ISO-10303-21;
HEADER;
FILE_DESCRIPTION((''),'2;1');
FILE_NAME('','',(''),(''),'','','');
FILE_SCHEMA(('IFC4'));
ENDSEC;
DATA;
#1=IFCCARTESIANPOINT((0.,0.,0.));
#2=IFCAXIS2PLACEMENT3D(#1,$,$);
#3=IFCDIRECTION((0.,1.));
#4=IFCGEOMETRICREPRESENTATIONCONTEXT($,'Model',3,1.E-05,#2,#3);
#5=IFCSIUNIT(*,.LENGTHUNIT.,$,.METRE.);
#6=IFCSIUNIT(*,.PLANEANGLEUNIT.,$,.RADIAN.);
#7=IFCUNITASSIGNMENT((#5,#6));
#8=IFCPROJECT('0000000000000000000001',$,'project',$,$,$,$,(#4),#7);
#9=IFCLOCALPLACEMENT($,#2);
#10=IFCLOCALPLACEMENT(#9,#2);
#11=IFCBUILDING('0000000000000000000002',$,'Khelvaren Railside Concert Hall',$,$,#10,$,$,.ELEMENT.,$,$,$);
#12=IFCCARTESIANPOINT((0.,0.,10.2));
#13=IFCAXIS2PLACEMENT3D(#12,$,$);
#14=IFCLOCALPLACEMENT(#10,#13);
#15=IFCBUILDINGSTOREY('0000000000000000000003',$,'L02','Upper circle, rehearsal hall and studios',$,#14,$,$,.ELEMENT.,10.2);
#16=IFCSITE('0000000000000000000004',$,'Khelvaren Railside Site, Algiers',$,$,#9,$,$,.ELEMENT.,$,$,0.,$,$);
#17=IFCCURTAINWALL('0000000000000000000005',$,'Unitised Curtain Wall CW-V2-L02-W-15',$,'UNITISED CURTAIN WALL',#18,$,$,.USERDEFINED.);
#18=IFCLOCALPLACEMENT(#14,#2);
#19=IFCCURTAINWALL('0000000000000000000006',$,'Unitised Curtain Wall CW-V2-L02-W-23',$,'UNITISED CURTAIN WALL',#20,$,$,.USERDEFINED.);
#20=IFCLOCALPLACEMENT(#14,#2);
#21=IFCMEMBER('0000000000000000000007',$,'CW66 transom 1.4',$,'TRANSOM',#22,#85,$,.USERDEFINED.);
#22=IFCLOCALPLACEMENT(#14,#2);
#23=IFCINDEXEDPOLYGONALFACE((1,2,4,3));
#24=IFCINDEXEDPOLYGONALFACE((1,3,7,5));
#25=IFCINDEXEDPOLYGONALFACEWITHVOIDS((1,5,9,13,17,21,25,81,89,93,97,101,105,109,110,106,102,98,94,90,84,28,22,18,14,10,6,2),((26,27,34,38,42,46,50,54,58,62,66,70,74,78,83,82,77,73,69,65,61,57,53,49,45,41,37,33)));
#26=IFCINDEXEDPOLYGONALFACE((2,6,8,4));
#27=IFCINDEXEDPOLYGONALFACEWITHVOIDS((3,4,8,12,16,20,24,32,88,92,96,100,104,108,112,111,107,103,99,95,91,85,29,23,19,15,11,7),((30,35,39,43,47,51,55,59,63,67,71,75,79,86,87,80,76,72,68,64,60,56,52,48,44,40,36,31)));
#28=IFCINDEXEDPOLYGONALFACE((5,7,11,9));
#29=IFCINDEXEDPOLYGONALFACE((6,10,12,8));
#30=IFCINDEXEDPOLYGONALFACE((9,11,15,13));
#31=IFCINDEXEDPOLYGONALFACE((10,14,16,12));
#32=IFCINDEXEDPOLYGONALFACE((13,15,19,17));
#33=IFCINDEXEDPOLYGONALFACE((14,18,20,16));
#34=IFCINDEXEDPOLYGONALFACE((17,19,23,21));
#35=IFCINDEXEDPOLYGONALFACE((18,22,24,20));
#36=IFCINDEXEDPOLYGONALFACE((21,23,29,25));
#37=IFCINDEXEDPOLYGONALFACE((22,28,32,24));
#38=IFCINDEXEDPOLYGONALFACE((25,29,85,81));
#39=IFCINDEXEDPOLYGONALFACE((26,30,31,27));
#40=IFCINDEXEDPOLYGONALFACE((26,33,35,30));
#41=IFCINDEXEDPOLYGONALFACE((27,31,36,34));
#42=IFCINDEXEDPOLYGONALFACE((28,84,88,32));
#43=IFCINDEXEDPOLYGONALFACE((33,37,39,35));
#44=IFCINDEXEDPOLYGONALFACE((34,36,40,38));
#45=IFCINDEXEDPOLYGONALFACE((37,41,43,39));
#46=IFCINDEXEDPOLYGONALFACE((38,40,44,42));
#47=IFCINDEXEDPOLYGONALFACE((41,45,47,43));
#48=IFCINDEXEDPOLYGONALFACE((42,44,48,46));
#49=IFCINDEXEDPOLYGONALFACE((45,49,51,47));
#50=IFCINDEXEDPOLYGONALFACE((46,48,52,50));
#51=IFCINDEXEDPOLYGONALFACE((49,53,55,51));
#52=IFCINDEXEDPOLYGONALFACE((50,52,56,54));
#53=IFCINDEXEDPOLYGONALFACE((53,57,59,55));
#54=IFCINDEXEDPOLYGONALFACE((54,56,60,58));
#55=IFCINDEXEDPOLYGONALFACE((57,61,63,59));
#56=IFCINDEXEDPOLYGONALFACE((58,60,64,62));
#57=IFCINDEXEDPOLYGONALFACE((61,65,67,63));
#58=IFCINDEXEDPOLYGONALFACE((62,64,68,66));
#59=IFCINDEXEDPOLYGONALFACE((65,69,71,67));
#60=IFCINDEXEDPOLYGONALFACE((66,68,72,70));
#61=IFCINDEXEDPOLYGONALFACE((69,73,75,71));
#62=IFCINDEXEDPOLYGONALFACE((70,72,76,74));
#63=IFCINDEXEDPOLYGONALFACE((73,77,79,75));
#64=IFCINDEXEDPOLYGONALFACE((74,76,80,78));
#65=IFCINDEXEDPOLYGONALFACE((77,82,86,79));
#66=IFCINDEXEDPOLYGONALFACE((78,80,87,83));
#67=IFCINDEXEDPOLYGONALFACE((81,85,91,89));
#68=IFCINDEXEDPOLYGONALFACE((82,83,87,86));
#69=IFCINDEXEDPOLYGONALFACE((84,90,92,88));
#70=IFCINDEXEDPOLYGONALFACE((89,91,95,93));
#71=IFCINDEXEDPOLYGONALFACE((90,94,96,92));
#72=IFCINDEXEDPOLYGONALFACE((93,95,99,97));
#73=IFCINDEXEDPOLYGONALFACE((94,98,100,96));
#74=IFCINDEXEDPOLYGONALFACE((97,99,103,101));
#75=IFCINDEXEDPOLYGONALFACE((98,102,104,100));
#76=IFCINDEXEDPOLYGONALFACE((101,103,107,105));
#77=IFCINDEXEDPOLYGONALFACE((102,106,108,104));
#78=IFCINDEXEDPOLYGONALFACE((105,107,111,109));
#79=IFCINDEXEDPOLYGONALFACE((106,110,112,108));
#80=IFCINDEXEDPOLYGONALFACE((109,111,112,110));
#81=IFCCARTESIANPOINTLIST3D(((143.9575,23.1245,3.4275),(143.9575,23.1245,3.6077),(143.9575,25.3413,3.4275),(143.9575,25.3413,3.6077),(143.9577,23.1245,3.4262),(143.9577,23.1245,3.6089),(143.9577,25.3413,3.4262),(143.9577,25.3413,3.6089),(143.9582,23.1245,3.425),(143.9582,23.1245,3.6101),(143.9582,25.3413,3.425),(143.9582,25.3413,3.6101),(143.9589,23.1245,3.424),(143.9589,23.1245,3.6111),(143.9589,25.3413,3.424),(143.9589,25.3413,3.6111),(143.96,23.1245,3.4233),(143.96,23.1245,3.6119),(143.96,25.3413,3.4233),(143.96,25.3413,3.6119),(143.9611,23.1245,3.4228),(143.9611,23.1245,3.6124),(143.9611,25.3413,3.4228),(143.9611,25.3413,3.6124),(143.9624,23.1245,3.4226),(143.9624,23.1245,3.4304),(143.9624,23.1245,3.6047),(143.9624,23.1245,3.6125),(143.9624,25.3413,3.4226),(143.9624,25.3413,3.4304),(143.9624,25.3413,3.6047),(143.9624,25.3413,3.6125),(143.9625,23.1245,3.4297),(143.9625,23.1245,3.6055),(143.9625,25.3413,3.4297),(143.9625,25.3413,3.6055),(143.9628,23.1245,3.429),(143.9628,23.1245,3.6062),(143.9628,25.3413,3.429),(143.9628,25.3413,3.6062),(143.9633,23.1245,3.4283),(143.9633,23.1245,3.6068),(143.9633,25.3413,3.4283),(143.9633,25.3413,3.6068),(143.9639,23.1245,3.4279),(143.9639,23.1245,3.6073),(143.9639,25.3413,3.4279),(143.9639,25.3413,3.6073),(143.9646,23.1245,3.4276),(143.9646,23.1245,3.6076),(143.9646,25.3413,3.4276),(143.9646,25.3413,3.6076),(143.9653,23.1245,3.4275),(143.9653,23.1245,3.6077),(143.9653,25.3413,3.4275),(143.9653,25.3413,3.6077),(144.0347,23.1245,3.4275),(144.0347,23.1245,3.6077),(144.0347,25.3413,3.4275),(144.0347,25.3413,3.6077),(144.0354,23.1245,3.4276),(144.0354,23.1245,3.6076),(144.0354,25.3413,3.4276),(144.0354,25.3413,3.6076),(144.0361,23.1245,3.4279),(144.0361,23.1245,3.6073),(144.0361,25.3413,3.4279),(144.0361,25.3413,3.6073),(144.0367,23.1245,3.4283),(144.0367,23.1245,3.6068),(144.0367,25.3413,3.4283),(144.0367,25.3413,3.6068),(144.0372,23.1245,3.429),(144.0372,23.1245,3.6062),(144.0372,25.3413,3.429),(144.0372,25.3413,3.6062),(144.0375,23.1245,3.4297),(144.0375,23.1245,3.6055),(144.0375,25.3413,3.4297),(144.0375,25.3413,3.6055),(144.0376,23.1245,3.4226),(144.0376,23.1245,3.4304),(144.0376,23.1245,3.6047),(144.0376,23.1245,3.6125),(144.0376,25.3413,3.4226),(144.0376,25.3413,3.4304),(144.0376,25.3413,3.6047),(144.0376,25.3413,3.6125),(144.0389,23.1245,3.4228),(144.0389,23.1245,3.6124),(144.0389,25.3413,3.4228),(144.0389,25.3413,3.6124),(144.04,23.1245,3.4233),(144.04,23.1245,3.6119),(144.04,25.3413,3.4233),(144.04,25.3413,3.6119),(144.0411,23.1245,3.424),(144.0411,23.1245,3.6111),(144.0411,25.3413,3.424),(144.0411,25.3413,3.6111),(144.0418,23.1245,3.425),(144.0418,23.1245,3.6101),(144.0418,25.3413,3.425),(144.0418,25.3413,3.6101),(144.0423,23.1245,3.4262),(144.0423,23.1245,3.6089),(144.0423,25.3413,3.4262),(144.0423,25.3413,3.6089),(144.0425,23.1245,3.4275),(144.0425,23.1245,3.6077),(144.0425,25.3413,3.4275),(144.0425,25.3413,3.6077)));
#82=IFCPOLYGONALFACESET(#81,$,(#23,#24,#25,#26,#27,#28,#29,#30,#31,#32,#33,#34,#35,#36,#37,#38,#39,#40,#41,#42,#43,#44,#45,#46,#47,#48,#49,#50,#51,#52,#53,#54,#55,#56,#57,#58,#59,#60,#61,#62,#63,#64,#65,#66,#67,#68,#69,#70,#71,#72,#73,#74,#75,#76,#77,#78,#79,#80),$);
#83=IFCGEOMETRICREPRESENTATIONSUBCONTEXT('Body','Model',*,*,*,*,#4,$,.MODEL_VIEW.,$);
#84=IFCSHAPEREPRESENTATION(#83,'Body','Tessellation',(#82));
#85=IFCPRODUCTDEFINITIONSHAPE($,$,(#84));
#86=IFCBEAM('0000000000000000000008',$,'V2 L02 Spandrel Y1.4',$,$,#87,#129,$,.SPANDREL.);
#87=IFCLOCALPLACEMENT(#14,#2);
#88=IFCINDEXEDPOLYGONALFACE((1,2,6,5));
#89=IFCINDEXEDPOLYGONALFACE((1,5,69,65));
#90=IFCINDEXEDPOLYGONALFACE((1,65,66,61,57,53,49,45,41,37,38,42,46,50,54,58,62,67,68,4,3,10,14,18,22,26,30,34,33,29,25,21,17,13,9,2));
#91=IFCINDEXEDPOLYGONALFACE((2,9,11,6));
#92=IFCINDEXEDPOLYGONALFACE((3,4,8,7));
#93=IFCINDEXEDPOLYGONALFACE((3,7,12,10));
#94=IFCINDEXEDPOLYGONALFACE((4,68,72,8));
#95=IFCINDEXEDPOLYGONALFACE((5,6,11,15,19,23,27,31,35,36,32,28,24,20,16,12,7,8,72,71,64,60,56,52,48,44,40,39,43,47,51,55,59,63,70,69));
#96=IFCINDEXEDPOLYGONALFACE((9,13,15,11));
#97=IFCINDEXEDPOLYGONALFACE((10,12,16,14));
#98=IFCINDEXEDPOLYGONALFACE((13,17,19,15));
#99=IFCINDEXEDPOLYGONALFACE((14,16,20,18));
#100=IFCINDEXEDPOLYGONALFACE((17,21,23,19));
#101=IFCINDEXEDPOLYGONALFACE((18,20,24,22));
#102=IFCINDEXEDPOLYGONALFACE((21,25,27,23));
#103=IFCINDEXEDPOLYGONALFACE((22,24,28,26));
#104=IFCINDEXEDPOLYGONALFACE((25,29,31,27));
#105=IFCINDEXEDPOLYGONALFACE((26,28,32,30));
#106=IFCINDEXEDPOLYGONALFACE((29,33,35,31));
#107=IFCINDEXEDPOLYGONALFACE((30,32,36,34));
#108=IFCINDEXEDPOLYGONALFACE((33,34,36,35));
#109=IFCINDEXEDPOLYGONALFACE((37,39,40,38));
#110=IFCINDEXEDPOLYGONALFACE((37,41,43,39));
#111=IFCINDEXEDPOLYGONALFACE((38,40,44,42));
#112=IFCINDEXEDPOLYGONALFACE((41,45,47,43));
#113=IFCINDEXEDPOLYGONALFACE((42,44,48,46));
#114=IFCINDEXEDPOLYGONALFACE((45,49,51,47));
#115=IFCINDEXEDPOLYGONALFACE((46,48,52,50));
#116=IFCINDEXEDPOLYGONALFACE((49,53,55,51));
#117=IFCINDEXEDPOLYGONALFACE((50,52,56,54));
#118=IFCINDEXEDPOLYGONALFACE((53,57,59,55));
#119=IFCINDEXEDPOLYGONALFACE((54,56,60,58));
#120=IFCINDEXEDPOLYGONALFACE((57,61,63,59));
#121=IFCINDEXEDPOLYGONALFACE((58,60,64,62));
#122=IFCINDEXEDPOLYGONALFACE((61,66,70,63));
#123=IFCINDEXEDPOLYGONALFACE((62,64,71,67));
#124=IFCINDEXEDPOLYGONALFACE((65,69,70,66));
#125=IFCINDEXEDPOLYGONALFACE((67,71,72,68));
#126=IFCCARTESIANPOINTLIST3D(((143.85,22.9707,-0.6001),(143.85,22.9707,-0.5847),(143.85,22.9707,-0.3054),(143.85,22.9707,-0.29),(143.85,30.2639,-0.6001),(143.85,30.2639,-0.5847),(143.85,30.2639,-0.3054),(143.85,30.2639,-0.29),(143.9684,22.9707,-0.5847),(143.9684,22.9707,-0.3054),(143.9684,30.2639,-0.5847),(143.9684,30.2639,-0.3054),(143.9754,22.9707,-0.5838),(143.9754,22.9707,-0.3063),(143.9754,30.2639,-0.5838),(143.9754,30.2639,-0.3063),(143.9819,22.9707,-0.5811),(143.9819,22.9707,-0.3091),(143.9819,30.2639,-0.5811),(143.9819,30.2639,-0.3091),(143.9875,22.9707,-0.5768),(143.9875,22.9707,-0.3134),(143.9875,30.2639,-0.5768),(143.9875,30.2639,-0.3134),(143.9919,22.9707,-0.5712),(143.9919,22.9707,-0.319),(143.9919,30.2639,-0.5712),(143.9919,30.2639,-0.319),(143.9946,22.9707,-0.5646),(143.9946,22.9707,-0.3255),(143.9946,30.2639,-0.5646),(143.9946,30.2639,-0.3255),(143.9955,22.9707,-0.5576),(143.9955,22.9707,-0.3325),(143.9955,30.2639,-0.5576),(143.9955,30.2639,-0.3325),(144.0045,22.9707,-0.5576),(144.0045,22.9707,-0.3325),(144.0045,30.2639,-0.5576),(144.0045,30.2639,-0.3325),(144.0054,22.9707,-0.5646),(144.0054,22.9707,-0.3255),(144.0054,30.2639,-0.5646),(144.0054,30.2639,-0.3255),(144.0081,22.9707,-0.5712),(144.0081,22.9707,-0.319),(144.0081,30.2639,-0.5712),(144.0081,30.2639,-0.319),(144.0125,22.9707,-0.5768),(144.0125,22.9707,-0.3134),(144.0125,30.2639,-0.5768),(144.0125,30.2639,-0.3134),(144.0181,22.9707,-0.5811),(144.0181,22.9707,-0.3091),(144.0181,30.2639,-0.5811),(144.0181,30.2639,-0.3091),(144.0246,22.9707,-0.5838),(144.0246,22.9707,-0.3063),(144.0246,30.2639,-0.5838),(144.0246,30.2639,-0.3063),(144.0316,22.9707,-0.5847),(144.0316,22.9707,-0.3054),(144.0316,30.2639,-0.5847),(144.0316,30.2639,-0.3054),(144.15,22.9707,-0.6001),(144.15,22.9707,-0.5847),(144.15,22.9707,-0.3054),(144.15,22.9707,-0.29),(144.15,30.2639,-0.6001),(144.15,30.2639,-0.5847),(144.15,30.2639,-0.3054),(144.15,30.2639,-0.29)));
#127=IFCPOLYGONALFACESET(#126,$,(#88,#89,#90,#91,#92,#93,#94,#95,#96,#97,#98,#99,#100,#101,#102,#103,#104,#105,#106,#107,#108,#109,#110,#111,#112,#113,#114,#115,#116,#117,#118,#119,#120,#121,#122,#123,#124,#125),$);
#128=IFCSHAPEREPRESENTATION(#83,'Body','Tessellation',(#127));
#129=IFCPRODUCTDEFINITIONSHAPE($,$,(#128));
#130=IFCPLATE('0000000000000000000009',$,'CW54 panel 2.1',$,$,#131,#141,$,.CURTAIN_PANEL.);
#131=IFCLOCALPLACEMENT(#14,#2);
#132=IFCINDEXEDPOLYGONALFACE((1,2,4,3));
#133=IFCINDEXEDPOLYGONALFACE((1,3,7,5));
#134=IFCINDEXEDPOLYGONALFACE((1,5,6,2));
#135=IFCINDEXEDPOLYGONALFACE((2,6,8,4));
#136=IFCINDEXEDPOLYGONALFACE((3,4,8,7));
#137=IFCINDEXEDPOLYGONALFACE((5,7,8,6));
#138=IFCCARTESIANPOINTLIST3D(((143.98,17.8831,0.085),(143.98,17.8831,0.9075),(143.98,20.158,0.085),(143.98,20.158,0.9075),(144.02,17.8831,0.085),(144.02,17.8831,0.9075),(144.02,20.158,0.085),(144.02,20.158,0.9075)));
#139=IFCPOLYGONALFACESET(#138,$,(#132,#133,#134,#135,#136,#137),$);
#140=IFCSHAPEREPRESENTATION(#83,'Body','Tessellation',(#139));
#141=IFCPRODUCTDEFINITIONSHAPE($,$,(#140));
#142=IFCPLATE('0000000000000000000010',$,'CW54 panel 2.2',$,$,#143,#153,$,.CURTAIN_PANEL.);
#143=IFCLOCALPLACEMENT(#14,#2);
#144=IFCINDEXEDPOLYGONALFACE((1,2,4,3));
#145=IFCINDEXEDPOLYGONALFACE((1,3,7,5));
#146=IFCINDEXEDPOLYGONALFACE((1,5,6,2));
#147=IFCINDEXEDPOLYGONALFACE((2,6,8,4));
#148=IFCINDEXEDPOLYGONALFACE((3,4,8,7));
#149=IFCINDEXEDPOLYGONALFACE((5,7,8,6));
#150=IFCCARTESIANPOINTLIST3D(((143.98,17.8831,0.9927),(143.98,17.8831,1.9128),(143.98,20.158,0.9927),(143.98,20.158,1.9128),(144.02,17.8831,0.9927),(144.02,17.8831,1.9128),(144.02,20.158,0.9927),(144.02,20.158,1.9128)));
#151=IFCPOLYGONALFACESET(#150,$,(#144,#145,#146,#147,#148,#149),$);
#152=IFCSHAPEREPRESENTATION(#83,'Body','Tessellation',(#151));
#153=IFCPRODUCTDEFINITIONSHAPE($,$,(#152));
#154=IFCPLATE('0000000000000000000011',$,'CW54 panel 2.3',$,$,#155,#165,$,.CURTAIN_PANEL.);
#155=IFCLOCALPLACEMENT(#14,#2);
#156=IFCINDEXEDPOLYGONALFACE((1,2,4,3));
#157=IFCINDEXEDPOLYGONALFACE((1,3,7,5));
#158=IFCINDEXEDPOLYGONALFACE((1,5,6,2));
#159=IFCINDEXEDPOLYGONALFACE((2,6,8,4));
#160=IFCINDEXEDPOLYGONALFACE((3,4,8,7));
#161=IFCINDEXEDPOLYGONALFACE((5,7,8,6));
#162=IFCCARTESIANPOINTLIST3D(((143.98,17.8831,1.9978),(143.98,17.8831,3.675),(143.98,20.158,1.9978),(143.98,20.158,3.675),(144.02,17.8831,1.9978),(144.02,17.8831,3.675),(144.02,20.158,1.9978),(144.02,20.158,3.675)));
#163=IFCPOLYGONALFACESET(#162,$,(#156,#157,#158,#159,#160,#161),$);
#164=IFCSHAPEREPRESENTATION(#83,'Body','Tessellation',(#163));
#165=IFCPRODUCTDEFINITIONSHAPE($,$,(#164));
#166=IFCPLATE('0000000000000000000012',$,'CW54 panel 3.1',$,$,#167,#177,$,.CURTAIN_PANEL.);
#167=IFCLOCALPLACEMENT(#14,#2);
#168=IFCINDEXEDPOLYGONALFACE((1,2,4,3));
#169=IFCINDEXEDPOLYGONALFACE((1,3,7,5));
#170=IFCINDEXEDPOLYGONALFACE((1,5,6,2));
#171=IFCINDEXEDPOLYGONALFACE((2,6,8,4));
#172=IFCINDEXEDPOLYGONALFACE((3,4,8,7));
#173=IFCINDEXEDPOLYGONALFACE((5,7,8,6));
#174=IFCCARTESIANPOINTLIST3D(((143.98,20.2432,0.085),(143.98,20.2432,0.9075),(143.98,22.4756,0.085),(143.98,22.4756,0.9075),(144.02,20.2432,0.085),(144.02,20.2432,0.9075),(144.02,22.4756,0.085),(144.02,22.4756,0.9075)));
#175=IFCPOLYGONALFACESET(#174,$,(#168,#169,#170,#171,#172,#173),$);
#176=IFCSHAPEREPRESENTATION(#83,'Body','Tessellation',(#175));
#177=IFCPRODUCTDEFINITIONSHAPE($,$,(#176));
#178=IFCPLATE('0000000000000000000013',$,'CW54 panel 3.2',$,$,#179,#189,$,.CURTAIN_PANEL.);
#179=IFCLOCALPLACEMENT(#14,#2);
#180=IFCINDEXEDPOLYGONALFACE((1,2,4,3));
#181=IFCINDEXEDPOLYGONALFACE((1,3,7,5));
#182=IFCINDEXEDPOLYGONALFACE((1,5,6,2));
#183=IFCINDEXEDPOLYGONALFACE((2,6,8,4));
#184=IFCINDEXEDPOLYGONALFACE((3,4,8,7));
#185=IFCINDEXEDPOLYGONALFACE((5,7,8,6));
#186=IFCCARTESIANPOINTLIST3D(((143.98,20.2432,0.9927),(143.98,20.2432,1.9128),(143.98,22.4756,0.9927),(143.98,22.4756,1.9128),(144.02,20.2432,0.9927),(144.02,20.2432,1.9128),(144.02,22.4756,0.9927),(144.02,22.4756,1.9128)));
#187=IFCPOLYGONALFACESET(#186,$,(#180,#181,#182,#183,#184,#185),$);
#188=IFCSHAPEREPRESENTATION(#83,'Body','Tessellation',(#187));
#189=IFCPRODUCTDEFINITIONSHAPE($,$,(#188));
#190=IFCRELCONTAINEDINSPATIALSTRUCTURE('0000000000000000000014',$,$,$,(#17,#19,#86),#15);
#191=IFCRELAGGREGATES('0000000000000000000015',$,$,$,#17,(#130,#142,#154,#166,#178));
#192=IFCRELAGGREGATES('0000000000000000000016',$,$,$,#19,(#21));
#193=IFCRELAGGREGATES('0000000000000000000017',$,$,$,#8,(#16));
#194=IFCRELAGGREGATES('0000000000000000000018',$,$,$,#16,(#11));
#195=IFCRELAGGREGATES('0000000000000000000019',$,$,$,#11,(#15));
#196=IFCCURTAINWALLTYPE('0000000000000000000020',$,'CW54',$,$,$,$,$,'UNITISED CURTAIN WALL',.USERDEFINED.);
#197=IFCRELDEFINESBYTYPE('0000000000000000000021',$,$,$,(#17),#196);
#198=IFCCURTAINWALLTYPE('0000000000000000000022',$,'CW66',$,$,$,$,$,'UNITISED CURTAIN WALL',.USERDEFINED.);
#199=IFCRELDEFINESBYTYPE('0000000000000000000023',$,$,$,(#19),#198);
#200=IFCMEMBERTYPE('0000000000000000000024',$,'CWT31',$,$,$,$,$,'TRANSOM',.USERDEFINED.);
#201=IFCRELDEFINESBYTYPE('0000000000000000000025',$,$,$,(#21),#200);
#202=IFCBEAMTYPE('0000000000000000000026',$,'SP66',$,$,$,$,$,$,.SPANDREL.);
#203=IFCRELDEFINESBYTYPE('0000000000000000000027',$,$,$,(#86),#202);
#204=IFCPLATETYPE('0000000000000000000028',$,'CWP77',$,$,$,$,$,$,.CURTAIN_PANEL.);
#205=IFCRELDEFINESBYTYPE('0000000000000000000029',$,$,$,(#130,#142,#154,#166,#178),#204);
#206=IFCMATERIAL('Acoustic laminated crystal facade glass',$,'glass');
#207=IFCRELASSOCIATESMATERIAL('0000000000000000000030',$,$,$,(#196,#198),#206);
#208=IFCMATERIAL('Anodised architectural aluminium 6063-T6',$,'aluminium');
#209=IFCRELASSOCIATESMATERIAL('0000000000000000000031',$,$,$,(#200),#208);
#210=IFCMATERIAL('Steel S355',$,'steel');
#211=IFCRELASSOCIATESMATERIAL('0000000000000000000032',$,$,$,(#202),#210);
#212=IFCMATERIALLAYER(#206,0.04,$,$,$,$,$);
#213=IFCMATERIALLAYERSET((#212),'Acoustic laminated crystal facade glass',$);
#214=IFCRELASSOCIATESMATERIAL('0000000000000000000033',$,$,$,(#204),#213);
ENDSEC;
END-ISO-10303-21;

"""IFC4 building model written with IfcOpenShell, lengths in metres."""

from ifc_helpers import new_model, si_unit, direction, frame, origin, origin_2d, place, context, subcontext, project, spatial, rectangle, hollow_rectangle, i_section, extrude, material, layer, layer_set, material_profile, profile_set, type_object, element, aggregate, save


model = new_model("IFC4")

# Units and contexts
model_context = context("Model", 3, precision=1e-05, world=origin(), true_north=direction((0.0, 1.0)))
body_context = subcontext(model_context, "Body", "Model", "MODEL_VIEW")
ifc_project = project(units=[si_unit("LENGTHUNIT", "METRE"), si_unit("PLANEANGLEUNIT", "RADIAN")], contexts=[model_context])

# Site, building, storey
site_placement = place(None, origin())
site = spatial("IfcSite", under=ifc_project, at=site_placement, Name="Khelvaren Railside Site, Algiers", CompositionType="ELEMENT", RefElevation=0.0)
building_placement = place(site_placement, origin())
building = spatial("IfcBuilding", under=site, at=building_placement, Name="Khelvaren Railside Concert Hall", CompositionType="ELEMENT")
storey_placement = place(building_placement, frame((0.0, 0.0, 10.2)))
storey = spatial("IfcBuildingStorey", under=building, at=storey_placement, Name="L02", Description="Upper circle, rehearsal hall and studios", CompositionType="ELEMENT", Elevation=10.2)

# Shared definitions
ifc_material_1 = material(Name="Steel S355", Category="steel")

# Curtain wall
ifc_material_2 = material(Name="Acoustic laminated crystal facade glass", Category="glass")
curtain_wall_type_1 = type_object("IfcCurtainWallType", Name="CW54", ElementType="UNITISED CURTAIN WALL", PredefinedType="USERDEFINED", material=ifc_material_2)
curtain_wall_1_placement = place(storey_placement, origin())
curtain_wall_1 = element("IfcCurtainWall", 1, at=curtain_wall_1_placement, inside=storey, type_object=curtain_wall_type_1, Name="Unitised Curtain Wall CW-V2-L02-W-15", ObjectType="UNITISED CURTAIN WALL", PredefinedType="USERDEFINED")
ifc_material_3 = material(Name="Anodised architectural aluminium 6063-T6", Category="aluminium")

# Curtain wall
curtain_wall_type_2 = type_object("IfcCurtainWallType", Name="CW66", ElementType="UNITISED CURTAIN WALL", PredefinedType="USERDEFINED", material=ifc_material_2)
curtain_wall_2_placement = place(storey_placement, origin())
curtain_wall_2 = element("IfcCurtainWall", 2, at=curtain_wall_2_placement, inside=storey, type_object=curtain_wall_type_2, Name="Unitised Curtain Wall CW-V2-L02-W-23", ObjectType="UNITISED CURTAIN WALL", PredefinedType="USERDEFINED")

# Member
ifc_material_profile_1 = material_profile(ifc_material_3, hollow_rectangle(XDim=0.085, YDim=0.1899, WallThickness=0.0049, InnerFilletRadius=0.0029, OuterFilletRadius=0.0049, at=origin_2d()), Name="CWT 85x190x5")
ifc_profile_set_1 = profile_set([ifc_material_profile_1], Name="Anodised architectural aluminium 6063-T6")
member_type_1 = type_object("IfcMemberType", Name="CWT31", ElementType="TRANSOM", PredefinedType="USERDEFINED", material=ifc_profile_set_1)
member_1_placement = place(storey_placement, frame((144.0, 23.1245, 3.5176), z_axis=(0.0, 1.0, 0.0), x_axis=(-1.0, 0.0, 0.0)))
member_1 = element("IfcMember", 3, at=member_1_placement, type_object=member_type_1, Name="CW66 transom 1.4", ObjectType="TRANSOM", PredefinedType="USERDEFINED", context=body_context, shape_type="SweptSolid", body=[
    extrude(hollow_rectangle(XDim=0.085, YDim=0.1899, WallThickness=0.0049, InnerFilletRadius=0.0029, OuterFilletRadius=0.0049, at=origin_2d()), origin(), (0.0, 0.0, 1.0), 2.2168),
])

# Beam
ifc_material_profile_2 = material_profile(ifc_material_1, i_section(OverallWidth=0.3, OverallDepth=0.3101, WebThickness=0.009, FlangeThickness=0.0154, FilletRadius=0.0271, at=origin_2d()), Name="HEA 320")
ifc_profile_set_2 = profile_set([ifc_material_profile_2], Name="Steel S355")
beam_type = type_object("IfcBeamType", Name="SP66", PredefinedType="SPANDREL", material=ifc_profile_set_2)
beam_placement = place(storey_placement, frame((144.0, 22.9707, -0.4451), z_axis=(0.0, 1.0, 0.0), x_axis=(-1.0, 0.0, 0.0)))
element("IfcBeam", 4, at=beam_placement, inside=storey, type_object=beam_type, Name="V2 L02 Spandrel Y1.4", PredefinedType="SPANDREL", context=body_context, shape_type="SweptSolid", body=[
    extrude(i_section(OverallWidth=0.3, OverallDepth=0.3101, WebThickness=0.009, FlangeThickness=0.0154, FilletRadius=0.0271, at=origin_2d()), origin(), (0.0, 0.0, 1.0), 7.2932),
])

# Plates
ifc_layer = layer(ifc_material_2, 0.04)
ifc_layer_set = layer_set([ifc_layer], Name="Acoustic laminated crystal facade glass")
plate_type = type_object("IfcPlateType", Name="CWP77", PredefinedType="CURTAIN_PANEL", material=ifc_layer_set)
plate_1_placement = place(storey_placement, frame((144.0, 19.0205, 0.085), z_axis=(0.0, 0.0, 1.0), x_axis=(0.0, 1.0, 0.0)))
plate_1 = element("IfcPlate", 5, at=plate_1_placement, type_object=plate_type, Name="CW54 panel 2.1", PredefinedType="CURTAIN_PANEL", context=body_context, shape_type="SweptSolid", body=[
    extrude(rectangle(XDim=2.2749, YDim=0.04, at=origin_2d()), origin(), (0.0, 0.0, 1.0), 0.8225),
])
plate_2_placement = place(storey_placement, frame((144.0, 19.0205, 0.9927), z_axis=(0.0, 0.0, 1.0), x_axis=(0.0, 1.0, 0.0)))
plate_2 = element("IfcPlate", 6, at=plate_2_placement, type_object=plate_type, Name="CW54 panel 2.2", PredefinedType="CURTAIN_PANEL", context=body_context, shape_type="SweptSolid", body=[
    extrude(rectangle(XDim=2.2749, YDim=0.04, at=origin_2d()), origin(), (0.0, 0.0, 1.0), 0.9202),
])
plate_3_placement = place(storey_placement, frame((144.0, 19.0205, 1.9978), z_axis=(0.0, 0.0, 1.0), x_axis=(0.0, 1.0, 0.0)))
plate_3 = element("IfcPlate", 7, at=plate_3_placement, type_object=plate_type, Name="CW54 panel 2.3", PredefinedType="CURTAIN_PANEL", context=body_context, shape_type="SweptSolid", body=[
    extrude(rectangle(XDim=2.2749, YDim=0.04, at=origin_2d()), origin(), (0.0, 0.0, 1.0), 1.6772),
])
plate_4_placement = place(storey_placement, frame((144.0, 21.3594, 0.085), z_axis=(0.0, 0.0, 1.0), x_axis=(0.0, 1.0, 0.0)))
plate_4 = element("IfcPlate", 8, at=plate_4_placement, type_object=plate_type, Name="CW54 panel 3.1", PredefinedType="CURTAIN_PANEL", context=body_context, shape_type="SweptSolid", body=[
    extrude(rectangle(XDim=2.2324, YDim=0.04, at=origin_2d()), origin(), (0.0, 0.0, 1.0), 0.8225),
])
plate_5_placement = place(storey_placement, frame((144.0, 21.3594, 0.9927), z_axis=(0.0, 0.0, 1.0), x_axis=(0.0, 1.0, 0.0)))
plate_5 = element("IfcPlate", 9, at=plate_5_placement, type_object=plate_type, Name="CW54 panel 3.2", PredefinedType="CURTAIN_PANEL", context=body_context, shape_type="SweptSolid", body=[
    extrude(rectangle(XDim=2.2324, YDim=0.04, at=origin_2d()), origin(), (0.0, 0.0, 1.0), 0.9202),
])
aggregate(curtain_wall_1, [plate_1, plate_2, plate_3, plate_4, plate_5])
aggregate(curtain_wall_2, [member_1])

save(model, "model.ifc")
